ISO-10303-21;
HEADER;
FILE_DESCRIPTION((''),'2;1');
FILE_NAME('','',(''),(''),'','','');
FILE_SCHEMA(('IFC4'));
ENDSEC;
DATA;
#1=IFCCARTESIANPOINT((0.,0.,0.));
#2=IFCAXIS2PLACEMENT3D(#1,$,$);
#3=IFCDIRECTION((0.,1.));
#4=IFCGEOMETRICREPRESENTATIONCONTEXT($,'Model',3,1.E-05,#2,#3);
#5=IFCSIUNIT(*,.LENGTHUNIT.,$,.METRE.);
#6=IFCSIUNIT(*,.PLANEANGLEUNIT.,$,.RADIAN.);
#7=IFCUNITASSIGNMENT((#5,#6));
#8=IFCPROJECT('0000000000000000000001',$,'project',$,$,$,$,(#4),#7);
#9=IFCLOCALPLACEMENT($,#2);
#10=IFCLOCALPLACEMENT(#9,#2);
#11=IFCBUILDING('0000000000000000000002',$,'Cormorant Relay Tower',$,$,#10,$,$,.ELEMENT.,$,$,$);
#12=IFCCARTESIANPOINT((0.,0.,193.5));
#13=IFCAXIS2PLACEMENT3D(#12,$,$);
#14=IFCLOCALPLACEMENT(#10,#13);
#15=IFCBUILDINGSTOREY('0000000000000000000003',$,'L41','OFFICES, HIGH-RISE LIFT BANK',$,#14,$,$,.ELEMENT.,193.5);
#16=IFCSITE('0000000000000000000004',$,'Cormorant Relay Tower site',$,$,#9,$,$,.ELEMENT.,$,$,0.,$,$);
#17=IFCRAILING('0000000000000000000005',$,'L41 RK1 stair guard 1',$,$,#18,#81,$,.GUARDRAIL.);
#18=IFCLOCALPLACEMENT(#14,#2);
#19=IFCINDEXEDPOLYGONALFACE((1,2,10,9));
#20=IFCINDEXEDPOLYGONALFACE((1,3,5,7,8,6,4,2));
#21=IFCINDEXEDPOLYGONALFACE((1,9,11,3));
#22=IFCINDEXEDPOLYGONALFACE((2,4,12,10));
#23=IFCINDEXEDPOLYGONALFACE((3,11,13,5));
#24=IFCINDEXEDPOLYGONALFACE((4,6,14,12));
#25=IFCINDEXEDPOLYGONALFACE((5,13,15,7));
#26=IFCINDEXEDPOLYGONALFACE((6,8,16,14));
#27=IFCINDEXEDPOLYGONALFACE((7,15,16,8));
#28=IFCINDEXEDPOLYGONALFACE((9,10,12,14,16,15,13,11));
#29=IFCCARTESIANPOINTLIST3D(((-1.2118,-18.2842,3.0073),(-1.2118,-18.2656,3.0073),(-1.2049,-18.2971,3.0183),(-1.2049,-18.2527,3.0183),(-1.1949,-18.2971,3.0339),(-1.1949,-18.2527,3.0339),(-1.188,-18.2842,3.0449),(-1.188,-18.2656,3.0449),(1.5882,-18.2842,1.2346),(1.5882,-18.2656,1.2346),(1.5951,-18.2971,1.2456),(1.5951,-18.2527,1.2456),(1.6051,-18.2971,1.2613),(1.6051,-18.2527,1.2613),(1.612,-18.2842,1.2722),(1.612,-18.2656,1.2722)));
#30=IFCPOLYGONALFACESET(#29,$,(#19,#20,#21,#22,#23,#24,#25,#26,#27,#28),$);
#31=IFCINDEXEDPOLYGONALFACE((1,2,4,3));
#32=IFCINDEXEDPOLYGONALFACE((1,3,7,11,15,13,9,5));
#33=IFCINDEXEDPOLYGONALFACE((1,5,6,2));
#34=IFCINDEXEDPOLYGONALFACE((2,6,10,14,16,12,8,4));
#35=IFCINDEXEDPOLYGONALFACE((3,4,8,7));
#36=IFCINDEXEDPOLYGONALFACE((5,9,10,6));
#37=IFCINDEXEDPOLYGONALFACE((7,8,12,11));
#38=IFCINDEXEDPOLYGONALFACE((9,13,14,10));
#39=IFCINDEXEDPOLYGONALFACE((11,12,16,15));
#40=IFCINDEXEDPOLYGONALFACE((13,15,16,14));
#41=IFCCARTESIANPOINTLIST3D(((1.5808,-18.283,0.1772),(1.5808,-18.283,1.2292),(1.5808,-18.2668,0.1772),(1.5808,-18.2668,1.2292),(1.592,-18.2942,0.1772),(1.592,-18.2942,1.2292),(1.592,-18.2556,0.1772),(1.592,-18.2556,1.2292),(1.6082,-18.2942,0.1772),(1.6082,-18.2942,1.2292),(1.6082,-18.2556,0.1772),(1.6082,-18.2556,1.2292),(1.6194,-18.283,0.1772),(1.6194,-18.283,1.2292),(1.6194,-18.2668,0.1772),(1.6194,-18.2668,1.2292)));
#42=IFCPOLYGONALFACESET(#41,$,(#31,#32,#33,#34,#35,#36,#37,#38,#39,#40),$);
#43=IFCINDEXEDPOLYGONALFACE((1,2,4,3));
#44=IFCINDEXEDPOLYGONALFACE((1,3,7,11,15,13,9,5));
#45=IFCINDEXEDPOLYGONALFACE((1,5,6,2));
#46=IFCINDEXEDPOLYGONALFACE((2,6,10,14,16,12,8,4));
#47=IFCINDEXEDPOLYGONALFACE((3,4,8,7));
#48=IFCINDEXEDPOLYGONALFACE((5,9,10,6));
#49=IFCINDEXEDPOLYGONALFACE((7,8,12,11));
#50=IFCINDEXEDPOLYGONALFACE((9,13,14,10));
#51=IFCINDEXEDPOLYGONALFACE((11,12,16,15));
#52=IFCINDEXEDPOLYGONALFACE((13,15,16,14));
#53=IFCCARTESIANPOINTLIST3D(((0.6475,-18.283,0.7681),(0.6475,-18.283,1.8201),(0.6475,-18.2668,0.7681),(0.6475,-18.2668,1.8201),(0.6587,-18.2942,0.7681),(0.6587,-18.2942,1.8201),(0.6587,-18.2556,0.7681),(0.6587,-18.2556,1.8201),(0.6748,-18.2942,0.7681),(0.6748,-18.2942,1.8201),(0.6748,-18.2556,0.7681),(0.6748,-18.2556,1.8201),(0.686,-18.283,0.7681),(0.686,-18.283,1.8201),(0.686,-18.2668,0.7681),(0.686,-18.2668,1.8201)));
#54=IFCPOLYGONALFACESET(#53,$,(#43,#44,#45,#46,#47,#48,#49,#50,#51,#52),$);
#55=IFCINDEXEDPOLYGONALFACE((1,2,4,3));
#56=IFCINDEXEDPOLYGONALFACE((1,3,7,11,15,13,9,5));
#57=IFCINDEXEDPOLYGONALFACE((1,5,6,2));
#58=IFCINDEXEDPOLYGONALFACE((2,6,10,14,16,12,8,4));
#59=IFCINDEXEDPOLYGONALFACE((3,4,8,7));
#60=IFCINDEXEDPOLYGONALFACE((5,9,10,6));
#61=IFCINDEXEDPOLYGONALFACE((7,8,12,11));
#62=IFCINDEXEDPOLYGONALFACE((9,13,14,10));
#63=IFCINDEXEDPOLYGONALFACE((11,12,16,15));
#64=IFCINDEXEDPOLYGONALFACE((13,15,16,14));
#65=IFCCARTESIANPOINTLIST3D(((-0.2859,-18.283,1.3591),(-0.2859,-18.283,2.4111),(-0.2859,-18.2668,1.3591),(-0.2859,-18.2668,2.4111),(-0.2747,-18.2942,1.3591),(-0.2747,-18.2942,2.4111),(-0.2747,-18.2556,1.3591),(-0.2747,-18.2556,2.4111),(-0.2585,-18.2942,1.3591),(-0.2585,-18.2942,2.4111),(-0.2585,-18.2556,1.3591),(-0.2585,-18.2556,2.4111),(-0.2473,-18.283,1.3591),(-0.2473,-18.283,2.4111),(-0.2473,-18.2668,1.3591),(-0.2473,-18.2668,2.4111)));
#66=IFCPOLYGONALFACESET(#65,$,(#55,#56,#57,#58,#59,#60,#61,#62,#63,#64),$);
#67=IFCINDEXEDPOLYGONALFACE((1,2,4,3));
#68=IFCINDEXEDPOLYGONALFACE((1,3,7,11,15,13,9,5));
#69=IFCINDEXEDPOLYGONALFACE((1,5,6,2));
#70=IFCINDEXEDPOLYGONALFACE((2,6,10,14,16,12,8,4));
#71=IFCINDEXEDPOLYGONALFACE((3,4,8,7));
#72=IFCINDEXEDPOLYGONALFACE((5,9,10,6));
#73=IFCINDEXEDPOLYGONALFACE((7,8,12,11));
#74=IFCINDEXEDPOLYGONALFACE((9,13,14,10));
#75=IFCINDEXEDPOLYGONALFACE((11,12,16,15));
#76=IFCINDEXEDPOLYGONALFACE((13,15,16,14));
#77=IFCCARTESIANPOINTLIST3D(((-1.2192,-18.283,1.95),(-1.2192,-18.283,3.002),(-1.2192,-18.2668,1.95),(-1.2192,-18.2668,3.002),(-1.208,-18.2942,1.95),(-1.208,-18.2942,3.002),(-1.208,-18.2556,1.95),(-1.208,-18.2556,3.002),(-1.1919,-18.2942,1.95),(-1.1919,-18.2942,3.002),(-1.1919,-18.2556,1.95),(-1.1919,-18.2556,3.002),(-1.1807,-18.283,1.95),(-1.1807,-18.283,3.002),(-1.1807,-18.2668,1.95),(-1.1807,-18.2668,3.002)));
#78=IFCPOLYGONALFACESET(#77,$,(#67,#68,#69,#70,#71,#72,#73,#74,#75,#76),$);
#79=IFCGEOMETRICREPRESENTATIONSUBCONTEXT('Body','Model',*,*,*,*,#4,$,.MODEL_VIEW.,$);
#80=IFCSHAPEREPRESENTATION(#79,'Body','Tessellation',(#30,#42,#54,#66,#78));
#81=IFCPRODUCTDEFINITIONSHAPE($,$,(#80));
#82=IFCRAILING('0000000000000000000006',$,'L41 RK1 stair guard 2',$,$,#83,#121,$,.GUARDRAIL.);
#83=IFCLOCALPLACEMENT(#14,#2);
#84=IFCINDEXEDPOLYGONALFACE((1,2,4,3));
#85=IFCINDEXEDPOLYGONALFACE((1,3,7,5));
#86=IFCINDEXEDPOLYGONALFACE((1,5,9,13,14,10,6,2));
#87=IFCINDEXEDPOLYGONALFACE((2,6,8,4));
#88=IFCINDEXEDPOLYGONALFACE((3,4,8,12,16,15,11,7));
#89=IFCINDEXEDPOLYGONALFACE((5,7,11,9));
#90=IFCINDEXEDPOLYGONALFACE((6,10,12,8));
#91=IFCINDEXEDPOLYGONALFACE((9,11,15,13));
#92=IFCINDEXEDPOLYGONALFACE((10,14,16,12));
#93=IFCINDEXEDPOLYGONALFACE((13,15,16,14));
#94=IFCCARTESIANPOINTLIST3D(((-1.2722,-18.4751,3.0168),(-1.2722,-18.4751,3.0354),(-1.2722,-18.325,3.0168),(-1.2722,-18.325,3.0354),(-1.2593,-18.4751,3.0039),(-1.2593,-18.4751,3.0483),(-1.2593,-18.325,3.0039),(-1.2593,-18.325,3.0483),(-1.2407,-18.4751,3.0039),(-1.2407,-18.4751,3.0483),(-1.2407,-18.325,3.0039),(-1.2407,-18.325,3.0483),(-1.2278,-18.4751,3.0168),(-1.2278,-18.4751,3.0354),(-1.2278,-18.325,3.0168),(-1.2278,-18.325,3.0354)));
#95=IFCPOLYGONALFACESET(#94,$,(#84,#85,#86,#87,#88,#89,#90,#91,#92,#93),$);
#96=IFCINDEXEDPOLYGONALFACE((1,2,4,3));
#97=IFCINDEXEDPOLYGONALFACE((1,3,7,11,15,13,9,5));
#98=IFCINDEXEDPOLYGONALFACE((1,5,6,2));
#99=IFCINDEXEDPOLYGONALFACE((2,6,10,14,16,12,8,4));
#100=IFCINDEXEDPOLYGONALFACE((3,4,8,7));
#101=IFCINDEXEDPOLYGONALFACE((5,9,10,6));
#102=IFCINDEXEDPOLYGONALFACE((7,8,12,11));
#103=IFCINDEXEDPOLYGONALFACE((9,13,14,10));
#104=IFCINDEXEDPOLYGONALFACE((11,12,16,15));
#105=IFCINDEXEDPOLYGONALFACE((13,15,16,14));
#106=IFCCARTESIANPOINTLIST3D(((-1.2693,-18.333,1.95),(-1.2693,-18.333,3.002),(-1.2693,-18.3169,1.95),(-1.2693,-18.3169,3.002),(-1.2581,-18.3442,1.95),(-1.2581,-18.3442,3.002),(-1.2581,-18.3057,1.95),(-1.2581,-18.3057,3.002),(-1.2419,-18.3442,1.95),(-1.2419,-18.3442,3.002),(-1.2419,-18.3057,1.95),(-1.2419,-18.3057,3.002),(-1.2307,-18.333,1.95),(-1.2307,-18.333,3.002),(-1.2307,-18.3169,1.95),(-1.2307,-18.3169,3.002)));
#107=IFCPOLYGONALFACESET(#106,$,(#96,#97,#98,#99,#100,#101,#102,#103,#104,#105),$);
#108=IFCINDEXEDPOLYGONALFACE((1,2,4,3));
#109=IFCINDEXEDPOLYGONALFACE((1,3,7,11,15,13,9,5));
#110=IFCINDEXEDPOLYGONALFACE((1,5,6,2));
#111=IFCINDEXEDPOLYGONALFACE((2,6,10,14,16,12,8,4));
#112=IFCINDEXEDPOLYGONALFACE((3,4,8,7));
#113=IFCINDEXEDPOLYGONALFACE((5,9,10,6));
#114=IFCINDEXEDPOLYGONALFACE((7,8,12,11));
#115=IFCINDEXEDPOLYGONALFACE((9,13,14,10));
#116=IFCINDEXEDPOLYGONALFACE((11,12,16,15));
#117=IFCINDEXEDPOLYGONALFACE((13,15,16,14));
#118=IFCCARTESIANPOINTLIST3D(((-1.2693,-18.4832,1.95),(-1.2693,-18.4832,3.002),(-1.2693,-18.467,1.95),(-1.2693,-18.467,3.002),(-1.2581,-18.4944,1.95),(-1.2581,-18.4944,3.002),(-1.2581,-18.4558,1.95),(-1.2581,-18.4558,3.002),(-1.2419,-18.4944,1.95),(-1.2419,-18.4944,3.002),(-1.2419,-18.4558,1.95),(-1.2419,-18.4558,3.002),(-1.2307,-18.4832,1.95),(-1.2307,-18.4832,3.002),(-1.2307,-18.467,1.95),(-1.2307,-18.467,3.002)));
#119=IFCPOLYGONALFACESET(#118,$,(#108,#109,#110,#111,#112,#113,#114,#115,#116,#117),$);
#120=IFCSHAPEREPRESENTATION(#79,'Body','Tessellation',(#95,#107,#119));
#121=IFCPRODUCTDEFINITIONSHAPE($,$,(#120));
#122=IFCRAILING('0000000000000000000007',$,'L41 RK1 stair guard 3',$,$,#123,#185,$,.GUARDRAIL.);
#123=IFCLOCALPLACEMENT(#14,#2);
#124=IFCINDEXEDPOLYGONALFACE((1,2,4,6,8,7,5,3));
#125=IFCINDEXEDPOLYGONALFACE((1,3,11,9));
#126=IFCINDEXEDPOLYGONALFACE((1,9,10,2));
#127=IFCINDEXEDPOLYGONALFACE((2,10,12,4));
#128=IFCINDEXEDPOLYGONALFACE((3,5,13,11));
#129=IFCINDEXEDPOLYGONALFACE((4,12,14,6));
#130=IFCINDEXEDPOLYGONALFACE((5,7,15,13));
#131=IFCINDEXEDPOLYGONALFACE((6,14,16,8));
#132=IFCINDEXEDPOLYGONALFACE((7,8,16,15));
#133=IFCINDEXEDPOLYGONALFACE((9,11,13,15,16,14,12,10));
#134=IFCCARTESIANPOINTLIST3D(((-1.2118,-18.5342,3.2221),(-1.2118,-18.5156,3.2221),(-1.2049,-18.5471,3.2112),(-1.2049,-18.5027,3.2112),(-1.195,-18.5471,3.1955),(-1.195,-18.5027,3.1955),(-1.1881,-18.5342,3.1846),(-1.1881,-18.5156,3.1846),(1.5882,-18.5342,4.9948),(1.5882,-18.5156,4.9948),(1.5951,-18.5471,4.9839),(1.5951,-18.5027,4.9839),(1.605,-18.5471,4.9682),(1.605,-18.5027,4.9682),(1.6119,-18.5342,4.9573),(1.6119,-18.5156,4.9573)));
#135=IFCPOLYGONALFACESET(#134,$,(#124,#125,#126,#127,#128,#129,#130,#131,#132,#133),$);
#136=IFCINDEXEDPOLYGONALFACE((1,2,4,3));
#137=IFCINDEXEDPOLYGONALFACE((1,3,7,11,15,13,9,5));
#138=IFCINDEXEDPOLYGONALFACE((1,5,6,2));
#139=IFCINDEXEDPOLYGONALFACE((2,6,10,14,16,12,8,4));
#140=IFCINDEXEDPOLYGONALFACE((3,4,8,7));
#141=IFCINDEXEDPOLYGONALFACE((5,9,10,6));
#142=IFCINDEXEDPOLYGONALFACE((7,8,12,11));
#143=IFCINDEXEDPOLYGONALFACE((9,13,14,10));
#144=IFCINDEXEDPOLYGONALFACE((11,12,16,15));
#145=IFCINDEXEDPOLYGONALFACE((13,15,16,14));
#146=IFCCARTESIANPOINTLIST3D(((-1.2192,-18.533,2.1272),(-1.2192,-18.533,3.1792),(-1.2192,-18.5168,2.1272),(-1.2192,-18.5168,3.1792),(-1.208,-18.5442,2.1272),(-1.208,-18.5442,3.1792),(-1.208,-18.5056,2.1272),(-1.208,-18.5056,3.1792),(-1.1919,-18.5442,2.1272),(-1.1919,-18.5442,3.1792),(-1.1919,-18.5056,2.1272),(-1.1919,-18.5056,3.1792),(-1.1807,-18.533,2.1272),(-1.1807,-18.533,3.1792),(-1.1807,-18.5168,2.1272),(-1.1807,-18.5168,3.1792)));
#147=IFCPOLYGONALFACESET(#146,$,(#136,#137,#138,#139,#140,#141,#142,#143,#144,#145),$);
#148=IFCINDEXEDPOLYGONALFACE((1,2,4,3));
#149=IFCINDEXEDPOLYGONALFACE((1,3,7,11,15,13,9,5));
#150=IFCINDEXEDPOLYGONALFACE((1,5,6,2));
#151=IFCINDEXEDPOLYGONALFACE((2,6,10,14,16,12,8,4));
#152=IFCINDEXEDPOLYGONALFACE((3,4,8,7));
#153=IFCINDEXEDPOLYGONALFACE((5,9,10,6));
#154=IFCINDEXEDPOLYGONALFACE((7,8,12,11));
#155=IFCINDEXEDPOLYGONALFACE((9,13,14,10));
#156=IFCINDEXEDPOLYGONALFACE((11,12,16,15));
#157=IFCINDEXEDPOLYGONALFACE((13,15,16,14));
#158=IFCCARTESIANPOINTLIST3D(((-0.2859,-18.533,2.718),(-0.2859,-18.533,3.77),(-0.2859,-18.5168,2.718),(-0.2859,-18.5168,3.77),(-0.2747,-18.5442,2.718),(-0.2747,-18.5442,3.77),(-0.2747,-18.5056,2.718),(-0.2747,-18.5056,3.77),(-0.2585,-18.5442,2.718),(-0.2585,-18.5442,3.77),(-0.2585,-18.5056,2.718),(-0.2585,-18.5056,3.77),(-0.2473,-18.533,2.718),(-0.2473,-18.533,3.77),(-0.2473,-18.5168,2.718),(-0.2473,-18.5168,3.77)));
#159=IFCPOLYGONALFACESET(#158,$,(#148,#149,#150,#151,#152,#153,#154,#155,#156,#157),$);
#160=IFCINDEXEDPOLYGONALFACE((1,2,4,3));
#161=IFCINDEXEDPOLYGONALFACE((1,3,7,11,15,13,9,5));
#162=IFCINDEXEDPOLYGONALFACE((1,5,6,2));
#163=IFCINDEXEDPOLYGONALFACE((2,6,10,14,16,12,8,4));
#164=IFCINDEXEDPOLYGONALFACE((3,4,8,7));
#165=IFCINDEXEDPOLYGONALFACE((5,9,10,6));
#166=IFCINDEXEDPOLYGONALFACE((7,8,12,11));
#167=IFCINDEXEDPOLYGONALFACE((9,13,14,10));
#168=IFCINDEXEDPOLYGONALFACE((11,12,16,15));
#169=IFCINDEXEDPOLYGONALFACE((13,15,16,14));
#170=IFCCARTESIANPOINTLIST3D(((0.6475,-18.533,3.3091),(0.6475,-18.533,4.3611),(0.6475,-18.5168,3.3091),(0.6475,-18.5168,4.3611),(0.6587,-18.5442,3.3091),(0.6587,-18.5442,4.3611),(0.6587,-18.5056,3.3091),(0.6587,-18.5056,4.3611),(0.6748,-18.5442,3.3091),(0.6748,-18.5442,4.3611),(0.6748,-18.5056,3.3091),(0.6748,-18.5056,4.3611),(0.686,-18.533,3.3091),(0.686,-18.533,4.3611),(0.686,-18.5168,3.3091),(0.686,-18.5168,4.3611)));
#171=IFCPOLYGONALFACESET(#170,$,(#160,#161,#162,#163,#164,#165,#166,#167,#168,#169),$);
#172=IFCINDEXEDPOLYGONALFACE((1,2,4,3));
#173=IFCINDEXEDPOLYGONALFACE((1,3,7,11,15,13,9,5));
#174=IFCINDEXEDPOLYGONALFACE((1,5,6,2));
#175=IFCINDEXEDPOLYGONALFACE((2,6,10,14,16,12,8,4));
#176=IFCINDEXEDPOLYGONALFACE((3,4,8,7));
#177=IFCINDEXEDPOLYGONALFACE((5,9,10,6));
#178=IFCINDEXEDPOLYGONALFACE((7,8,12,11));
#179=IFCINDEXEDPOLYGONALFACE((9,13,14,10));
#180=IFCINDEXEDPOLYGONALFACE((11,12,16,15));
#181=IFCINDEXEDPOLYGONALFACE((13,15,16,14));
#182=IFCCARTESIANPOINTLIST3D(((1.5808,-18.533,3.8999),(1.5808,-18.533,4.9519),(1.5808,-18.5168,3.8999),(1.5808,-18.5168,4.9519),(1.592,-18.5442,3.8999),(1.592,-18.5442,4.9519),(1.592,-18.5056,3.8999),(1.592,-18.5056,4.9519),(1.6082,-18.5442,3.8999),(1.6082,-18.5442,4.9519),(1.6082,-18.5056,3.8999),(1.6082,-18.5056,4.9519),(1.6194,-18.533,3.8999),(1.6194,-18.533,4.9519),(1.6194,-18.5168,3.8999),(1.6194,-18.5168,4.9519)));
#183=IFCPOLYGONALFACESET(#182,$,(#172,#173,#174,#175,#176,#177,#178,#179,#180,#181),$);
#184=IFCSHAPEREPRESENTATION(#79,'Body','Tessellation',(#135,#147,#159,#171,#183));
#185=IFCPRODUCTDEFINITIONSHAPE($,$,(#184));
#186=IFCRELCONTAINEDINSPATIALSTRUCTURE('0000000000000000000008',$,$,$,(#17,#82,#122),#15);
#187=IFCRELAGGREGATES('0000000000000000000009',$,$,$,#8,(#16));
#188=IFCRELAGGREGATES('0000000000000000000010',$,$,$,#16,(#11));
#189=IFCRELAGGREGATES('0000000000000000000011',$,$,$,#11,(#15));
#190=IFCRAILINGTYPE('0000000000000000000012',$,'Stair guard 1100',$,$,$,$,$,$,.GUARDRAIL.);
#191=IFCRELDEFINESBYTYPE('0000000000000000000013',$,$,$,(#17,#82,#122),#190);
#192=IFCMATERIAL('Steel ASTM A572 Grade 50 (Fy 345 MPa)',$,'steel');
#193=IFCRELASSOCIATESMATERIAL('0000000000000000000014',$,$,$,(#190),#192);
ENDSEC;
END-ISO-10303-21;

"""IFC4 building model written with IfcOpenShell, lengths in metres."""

from ifc_helpers import new_model, si_unit, direction, frame, origin, place, context, subcontext, project, spatial, polyline, outline, extrude, material, type_object, element, save


model = new_model("IFC4")

# Units and contexts
model_context = context("Model", 3, precision=1e-05, world=origin(), true_north=direction((0.0, 1.0)))
body_context = subcontext(model_context, "Body", "Model", "MODEL_VIEW")
ifc_project = project(units=[si_unit("LENGTHUNIT", "METRE"), si_unit("PLANEANGLEUNIT", "RADIAN")], contexts=[model_context])

# Site, building, storey
site_placement = place(None, origin())
site = spatial("IfcSite", under=ifc_project, at=site_placement, Name="Cormorant Relay Tower site", CompositionType="ELEMENT", RefElevation=0.0)
building_placement = place(site_placement, origin())
building = spatial("IfcBuilding", under=site, at=building_placement, Name="Cormorant Relay Tower", CompositionType="ELEMENT")
storey_placement = place(building_placement, frame((0.0, 0.0, 193.5)))
storey = spatial("IfcBuildingStorey", under=building, at=storey_placement, Name="L41", Description="OFFICES, HIGH-RISE LIFT BANK", CompositionType="ELEMENT", Elevation=193.5)

# Railings
ifc_material_1 = material(Name="Steel ASTM A572 Grade 50 (Fy 345 MPa)", Category="steel")
railing_type_1 = type_object("IfcRailingType", Name="Stair guard 1100", PredefinedType="GUARDRAIL", material=ifc_material_1)
railing_1_placement = place(storey_placement, frame((1.6001, -18.2749, 0.1772)))
element("IfcRailing", 1, at=railing_1_placement, inside=storey, type_object=railing_type_1, Name="L41 RK1 stair guard 1", PredefinedType="GUARDRAIL", context=body_context, shape_type="SweptSolid", body=[
    extrude(outline(polyline([(0.0222, 0.0093), (0.0093, 0.0222), (-0.0093, 0.0222), (-0.0222, 0.0093), (-0.0222, -0.0093), (-0.0093, -0.0222), (0.0093, -0.0222), (0.0222, -0.0093), (0.0222, 0.0093)])), frame((0.0, 0.0, 1.0762), z_axis=(-0.844909, 0.0, 0.53491), x_axis=(0.0, -1.0, 0.0)), (0.0, 0.0, 1.0), 3.314),
    extrude(outline(polyline([(0.0193, 0.0081), (0.0081, 0.0193), (-0.0081, 0.0193), (-0.0193, 0.0081), (-0.0193, -0.0081), (-0.0081, -0.0193), (0.0081, -0.0193), (0.0193, -0.0081), (0.0193, 0.0081)])), origin(), (0.0, 0.0, 1.0), 1.052),
    extrude(outline(polyline([(0.0193, 0.0081), (0.0081, 0.0193), (-0.0081, 0.0193), (-0.0193, 0.0081), (-0.0193, -0.0081), (-0.0081, -0.0193), (0.0081, -0.0193), (0.0193, -0.0081), (0.0193, 0.0081)])), frame((-0.9333, 0.0, 0.5908)), (0.0, 0.0, 1.0), 1.052),
    extrude(outline(polyline([(0.0193, 0.0081), (0.0081, 0.0193), (-0.0081, 0.0193), (-0.0193, 0.0081), (-0.0193, -0.0081), (-0.0081, -0.0193), (0.0081, -0.0193), (0.0193, -0.0081), (0.0193, 0.0081)])), frame((-1.8667, 0.0, 1.1819)), (0.0, 0.0, 1.0), 1.052),
    extrude(outline(polyline([(0.0193, 0.0081), (0.0081, 0.0193), (-0.0081, 0.0193), (-0.0193, 0.0081), (-0.0193, -0.0081), (-0.0081, -0.0193), (0.0081, -0.0193), (0.0193, -0.0081), (0.0193, 0.0081)])), frame((-2.8, 0.0, 1.7727)), (0.0, 0.0, 1.0), 1.052),
])
railing_2_placement = place(storey_placement, frame((-1.25, -18.325, 1.95)))
element("IfcRailing", 2, at=railing_2_placement, inside=storey, type_object=railing_type_1, Name="L41 RK1 stair guard 2", PredefinedType="GUARDRAIL", context=body_context, shape_type="SweptSolid", body=[
    extrude(outline(polyline([(0.0222, 0.0093), (0.0093, 0.0222), (-0.0093, 0.0222), (-0.0222, 0.0093), (-0.0222, -0.0093), (-0.0093, -0.0222), (0.0093, -0.0222), (0.0222, -0.0093), (0.0222, 0.0093)])), frame((0.0, 0.0, 1.0762), z_axis=(0.0, -1.0, 0.0), x_axis=(1.0, 0.0, 0.0)), (0.0, 0.0, 1.0), 0.1501),
    extrude(outline(polyline([(0.0193, 0.0081), (0.0081, 0.0193), (-0.0081, 0.0193), (-0.0193, 0.0081), (-0.0193, -0.0081), (-0.0081, -0.0193), (0.0081, -0.0193), (0.0193, -0.0081), (0.0193, 0.0081)])), origin(), (0.0, 0.0, 1.0), 1.052),
    extrude(outline(polyline([(0.0193, 0.0081), (0.0081, 0.0193), (-0.0081, 0.0193), (-0.0193, 0.0081), (-0.0193, -0.0081), (-0.0081, -0.0193), (0.0081, -0.0193), (0.0193, -0.0081), (0.0193, 0.0081)])), frame((0.0, -0.1501, 0.0)), (0.0, 0.0, 1.0), 1.052),
])
railing_3_placement = place(storey_placement, frame((-1.2, -18.5249, 2.1272)))
element("IfcRailing", 3, at=railing_3_placement, inside=storey, type_object=railing_type_1, Name="L41 RK1 stair guard 3", PredefinedType="GUARDRAIL", context=body_context, shape_type="SweptSolid", body=[
    extrude(outline(polyline([(0.0222, 0.0093), (0.0093, 0.0222), (-0.0093, 0.0222), (-0.0222, 0.0093), (-0.0222, -0.0093), (-0.0093, -0.0222), (0.0093, -0.0222), (0.0222, -0.0093), (0.0222, 0.0093)])), frame((0.0, 0.0, 1.0762), z_axis=(0.844909, 0.0, 0.53491), x_axis=(0.0, 1.0, 0.0)), (0.0, 0.0, 1.0), 3.314),
    extrude(outline(polyline([(0.0193, 0.0081), (0.0081, 0.0193), (-0.0081, 0.0193), (-0.0193, 0.0081), (-0.0193, -0.0081), (-0.0081, -0.0193), (0.0081, -0.0193), (0.0193, -0.0081), (0.0193, 0.0081)])), origin(), (0.0, 0.0, 1.0), 1.052),
    extrude(outline(polyline([(0.0193, 0.0081), (0.0081, 0.0193), (-0.0081, 0.0193), (-0.0193, 0.0081), (-0.0193, -0.0081), (-0.0081, -0.0193), (0.0081, -0.0193), (0.0193, -0.0081), (0.0193, 0.0081)])), frame((0.9333, 0.0, 0.5908)), (0.0, 0.0, 1.0), 1.052),
    extrude(outline(polyline([(0.0193, 0.0081), (0.0081, 0.0193), (-0.0081, 0.0193), (-0.0193, 0.0081), (-0.0193, -0.0081), (-0.0081, -0.0193), (0.0081, -0.0193), (0.0193, -0.0081), (0.0193, 0.0081)])), frame((1.8667, 0.0, 1.1819)), (0.0, 0.0, 1.0), 1.052),
    extrude(outline(polyline([(0.0193, 0.0081), (0.0081, 0.0193), (-0.0081, 0.0193), (-0.0193, 0.0081), (-0.0193, -0.0081), (-0.0081, -0.0193), (0.0081, -0.0193), (0.0193, -0.0081), (0.0193, 0.0081)])), frame((2.8, 0.0, 1.7727)), (0.0, 0.0, 1.0), 1.052),
])

save(model, "model.ifc")
